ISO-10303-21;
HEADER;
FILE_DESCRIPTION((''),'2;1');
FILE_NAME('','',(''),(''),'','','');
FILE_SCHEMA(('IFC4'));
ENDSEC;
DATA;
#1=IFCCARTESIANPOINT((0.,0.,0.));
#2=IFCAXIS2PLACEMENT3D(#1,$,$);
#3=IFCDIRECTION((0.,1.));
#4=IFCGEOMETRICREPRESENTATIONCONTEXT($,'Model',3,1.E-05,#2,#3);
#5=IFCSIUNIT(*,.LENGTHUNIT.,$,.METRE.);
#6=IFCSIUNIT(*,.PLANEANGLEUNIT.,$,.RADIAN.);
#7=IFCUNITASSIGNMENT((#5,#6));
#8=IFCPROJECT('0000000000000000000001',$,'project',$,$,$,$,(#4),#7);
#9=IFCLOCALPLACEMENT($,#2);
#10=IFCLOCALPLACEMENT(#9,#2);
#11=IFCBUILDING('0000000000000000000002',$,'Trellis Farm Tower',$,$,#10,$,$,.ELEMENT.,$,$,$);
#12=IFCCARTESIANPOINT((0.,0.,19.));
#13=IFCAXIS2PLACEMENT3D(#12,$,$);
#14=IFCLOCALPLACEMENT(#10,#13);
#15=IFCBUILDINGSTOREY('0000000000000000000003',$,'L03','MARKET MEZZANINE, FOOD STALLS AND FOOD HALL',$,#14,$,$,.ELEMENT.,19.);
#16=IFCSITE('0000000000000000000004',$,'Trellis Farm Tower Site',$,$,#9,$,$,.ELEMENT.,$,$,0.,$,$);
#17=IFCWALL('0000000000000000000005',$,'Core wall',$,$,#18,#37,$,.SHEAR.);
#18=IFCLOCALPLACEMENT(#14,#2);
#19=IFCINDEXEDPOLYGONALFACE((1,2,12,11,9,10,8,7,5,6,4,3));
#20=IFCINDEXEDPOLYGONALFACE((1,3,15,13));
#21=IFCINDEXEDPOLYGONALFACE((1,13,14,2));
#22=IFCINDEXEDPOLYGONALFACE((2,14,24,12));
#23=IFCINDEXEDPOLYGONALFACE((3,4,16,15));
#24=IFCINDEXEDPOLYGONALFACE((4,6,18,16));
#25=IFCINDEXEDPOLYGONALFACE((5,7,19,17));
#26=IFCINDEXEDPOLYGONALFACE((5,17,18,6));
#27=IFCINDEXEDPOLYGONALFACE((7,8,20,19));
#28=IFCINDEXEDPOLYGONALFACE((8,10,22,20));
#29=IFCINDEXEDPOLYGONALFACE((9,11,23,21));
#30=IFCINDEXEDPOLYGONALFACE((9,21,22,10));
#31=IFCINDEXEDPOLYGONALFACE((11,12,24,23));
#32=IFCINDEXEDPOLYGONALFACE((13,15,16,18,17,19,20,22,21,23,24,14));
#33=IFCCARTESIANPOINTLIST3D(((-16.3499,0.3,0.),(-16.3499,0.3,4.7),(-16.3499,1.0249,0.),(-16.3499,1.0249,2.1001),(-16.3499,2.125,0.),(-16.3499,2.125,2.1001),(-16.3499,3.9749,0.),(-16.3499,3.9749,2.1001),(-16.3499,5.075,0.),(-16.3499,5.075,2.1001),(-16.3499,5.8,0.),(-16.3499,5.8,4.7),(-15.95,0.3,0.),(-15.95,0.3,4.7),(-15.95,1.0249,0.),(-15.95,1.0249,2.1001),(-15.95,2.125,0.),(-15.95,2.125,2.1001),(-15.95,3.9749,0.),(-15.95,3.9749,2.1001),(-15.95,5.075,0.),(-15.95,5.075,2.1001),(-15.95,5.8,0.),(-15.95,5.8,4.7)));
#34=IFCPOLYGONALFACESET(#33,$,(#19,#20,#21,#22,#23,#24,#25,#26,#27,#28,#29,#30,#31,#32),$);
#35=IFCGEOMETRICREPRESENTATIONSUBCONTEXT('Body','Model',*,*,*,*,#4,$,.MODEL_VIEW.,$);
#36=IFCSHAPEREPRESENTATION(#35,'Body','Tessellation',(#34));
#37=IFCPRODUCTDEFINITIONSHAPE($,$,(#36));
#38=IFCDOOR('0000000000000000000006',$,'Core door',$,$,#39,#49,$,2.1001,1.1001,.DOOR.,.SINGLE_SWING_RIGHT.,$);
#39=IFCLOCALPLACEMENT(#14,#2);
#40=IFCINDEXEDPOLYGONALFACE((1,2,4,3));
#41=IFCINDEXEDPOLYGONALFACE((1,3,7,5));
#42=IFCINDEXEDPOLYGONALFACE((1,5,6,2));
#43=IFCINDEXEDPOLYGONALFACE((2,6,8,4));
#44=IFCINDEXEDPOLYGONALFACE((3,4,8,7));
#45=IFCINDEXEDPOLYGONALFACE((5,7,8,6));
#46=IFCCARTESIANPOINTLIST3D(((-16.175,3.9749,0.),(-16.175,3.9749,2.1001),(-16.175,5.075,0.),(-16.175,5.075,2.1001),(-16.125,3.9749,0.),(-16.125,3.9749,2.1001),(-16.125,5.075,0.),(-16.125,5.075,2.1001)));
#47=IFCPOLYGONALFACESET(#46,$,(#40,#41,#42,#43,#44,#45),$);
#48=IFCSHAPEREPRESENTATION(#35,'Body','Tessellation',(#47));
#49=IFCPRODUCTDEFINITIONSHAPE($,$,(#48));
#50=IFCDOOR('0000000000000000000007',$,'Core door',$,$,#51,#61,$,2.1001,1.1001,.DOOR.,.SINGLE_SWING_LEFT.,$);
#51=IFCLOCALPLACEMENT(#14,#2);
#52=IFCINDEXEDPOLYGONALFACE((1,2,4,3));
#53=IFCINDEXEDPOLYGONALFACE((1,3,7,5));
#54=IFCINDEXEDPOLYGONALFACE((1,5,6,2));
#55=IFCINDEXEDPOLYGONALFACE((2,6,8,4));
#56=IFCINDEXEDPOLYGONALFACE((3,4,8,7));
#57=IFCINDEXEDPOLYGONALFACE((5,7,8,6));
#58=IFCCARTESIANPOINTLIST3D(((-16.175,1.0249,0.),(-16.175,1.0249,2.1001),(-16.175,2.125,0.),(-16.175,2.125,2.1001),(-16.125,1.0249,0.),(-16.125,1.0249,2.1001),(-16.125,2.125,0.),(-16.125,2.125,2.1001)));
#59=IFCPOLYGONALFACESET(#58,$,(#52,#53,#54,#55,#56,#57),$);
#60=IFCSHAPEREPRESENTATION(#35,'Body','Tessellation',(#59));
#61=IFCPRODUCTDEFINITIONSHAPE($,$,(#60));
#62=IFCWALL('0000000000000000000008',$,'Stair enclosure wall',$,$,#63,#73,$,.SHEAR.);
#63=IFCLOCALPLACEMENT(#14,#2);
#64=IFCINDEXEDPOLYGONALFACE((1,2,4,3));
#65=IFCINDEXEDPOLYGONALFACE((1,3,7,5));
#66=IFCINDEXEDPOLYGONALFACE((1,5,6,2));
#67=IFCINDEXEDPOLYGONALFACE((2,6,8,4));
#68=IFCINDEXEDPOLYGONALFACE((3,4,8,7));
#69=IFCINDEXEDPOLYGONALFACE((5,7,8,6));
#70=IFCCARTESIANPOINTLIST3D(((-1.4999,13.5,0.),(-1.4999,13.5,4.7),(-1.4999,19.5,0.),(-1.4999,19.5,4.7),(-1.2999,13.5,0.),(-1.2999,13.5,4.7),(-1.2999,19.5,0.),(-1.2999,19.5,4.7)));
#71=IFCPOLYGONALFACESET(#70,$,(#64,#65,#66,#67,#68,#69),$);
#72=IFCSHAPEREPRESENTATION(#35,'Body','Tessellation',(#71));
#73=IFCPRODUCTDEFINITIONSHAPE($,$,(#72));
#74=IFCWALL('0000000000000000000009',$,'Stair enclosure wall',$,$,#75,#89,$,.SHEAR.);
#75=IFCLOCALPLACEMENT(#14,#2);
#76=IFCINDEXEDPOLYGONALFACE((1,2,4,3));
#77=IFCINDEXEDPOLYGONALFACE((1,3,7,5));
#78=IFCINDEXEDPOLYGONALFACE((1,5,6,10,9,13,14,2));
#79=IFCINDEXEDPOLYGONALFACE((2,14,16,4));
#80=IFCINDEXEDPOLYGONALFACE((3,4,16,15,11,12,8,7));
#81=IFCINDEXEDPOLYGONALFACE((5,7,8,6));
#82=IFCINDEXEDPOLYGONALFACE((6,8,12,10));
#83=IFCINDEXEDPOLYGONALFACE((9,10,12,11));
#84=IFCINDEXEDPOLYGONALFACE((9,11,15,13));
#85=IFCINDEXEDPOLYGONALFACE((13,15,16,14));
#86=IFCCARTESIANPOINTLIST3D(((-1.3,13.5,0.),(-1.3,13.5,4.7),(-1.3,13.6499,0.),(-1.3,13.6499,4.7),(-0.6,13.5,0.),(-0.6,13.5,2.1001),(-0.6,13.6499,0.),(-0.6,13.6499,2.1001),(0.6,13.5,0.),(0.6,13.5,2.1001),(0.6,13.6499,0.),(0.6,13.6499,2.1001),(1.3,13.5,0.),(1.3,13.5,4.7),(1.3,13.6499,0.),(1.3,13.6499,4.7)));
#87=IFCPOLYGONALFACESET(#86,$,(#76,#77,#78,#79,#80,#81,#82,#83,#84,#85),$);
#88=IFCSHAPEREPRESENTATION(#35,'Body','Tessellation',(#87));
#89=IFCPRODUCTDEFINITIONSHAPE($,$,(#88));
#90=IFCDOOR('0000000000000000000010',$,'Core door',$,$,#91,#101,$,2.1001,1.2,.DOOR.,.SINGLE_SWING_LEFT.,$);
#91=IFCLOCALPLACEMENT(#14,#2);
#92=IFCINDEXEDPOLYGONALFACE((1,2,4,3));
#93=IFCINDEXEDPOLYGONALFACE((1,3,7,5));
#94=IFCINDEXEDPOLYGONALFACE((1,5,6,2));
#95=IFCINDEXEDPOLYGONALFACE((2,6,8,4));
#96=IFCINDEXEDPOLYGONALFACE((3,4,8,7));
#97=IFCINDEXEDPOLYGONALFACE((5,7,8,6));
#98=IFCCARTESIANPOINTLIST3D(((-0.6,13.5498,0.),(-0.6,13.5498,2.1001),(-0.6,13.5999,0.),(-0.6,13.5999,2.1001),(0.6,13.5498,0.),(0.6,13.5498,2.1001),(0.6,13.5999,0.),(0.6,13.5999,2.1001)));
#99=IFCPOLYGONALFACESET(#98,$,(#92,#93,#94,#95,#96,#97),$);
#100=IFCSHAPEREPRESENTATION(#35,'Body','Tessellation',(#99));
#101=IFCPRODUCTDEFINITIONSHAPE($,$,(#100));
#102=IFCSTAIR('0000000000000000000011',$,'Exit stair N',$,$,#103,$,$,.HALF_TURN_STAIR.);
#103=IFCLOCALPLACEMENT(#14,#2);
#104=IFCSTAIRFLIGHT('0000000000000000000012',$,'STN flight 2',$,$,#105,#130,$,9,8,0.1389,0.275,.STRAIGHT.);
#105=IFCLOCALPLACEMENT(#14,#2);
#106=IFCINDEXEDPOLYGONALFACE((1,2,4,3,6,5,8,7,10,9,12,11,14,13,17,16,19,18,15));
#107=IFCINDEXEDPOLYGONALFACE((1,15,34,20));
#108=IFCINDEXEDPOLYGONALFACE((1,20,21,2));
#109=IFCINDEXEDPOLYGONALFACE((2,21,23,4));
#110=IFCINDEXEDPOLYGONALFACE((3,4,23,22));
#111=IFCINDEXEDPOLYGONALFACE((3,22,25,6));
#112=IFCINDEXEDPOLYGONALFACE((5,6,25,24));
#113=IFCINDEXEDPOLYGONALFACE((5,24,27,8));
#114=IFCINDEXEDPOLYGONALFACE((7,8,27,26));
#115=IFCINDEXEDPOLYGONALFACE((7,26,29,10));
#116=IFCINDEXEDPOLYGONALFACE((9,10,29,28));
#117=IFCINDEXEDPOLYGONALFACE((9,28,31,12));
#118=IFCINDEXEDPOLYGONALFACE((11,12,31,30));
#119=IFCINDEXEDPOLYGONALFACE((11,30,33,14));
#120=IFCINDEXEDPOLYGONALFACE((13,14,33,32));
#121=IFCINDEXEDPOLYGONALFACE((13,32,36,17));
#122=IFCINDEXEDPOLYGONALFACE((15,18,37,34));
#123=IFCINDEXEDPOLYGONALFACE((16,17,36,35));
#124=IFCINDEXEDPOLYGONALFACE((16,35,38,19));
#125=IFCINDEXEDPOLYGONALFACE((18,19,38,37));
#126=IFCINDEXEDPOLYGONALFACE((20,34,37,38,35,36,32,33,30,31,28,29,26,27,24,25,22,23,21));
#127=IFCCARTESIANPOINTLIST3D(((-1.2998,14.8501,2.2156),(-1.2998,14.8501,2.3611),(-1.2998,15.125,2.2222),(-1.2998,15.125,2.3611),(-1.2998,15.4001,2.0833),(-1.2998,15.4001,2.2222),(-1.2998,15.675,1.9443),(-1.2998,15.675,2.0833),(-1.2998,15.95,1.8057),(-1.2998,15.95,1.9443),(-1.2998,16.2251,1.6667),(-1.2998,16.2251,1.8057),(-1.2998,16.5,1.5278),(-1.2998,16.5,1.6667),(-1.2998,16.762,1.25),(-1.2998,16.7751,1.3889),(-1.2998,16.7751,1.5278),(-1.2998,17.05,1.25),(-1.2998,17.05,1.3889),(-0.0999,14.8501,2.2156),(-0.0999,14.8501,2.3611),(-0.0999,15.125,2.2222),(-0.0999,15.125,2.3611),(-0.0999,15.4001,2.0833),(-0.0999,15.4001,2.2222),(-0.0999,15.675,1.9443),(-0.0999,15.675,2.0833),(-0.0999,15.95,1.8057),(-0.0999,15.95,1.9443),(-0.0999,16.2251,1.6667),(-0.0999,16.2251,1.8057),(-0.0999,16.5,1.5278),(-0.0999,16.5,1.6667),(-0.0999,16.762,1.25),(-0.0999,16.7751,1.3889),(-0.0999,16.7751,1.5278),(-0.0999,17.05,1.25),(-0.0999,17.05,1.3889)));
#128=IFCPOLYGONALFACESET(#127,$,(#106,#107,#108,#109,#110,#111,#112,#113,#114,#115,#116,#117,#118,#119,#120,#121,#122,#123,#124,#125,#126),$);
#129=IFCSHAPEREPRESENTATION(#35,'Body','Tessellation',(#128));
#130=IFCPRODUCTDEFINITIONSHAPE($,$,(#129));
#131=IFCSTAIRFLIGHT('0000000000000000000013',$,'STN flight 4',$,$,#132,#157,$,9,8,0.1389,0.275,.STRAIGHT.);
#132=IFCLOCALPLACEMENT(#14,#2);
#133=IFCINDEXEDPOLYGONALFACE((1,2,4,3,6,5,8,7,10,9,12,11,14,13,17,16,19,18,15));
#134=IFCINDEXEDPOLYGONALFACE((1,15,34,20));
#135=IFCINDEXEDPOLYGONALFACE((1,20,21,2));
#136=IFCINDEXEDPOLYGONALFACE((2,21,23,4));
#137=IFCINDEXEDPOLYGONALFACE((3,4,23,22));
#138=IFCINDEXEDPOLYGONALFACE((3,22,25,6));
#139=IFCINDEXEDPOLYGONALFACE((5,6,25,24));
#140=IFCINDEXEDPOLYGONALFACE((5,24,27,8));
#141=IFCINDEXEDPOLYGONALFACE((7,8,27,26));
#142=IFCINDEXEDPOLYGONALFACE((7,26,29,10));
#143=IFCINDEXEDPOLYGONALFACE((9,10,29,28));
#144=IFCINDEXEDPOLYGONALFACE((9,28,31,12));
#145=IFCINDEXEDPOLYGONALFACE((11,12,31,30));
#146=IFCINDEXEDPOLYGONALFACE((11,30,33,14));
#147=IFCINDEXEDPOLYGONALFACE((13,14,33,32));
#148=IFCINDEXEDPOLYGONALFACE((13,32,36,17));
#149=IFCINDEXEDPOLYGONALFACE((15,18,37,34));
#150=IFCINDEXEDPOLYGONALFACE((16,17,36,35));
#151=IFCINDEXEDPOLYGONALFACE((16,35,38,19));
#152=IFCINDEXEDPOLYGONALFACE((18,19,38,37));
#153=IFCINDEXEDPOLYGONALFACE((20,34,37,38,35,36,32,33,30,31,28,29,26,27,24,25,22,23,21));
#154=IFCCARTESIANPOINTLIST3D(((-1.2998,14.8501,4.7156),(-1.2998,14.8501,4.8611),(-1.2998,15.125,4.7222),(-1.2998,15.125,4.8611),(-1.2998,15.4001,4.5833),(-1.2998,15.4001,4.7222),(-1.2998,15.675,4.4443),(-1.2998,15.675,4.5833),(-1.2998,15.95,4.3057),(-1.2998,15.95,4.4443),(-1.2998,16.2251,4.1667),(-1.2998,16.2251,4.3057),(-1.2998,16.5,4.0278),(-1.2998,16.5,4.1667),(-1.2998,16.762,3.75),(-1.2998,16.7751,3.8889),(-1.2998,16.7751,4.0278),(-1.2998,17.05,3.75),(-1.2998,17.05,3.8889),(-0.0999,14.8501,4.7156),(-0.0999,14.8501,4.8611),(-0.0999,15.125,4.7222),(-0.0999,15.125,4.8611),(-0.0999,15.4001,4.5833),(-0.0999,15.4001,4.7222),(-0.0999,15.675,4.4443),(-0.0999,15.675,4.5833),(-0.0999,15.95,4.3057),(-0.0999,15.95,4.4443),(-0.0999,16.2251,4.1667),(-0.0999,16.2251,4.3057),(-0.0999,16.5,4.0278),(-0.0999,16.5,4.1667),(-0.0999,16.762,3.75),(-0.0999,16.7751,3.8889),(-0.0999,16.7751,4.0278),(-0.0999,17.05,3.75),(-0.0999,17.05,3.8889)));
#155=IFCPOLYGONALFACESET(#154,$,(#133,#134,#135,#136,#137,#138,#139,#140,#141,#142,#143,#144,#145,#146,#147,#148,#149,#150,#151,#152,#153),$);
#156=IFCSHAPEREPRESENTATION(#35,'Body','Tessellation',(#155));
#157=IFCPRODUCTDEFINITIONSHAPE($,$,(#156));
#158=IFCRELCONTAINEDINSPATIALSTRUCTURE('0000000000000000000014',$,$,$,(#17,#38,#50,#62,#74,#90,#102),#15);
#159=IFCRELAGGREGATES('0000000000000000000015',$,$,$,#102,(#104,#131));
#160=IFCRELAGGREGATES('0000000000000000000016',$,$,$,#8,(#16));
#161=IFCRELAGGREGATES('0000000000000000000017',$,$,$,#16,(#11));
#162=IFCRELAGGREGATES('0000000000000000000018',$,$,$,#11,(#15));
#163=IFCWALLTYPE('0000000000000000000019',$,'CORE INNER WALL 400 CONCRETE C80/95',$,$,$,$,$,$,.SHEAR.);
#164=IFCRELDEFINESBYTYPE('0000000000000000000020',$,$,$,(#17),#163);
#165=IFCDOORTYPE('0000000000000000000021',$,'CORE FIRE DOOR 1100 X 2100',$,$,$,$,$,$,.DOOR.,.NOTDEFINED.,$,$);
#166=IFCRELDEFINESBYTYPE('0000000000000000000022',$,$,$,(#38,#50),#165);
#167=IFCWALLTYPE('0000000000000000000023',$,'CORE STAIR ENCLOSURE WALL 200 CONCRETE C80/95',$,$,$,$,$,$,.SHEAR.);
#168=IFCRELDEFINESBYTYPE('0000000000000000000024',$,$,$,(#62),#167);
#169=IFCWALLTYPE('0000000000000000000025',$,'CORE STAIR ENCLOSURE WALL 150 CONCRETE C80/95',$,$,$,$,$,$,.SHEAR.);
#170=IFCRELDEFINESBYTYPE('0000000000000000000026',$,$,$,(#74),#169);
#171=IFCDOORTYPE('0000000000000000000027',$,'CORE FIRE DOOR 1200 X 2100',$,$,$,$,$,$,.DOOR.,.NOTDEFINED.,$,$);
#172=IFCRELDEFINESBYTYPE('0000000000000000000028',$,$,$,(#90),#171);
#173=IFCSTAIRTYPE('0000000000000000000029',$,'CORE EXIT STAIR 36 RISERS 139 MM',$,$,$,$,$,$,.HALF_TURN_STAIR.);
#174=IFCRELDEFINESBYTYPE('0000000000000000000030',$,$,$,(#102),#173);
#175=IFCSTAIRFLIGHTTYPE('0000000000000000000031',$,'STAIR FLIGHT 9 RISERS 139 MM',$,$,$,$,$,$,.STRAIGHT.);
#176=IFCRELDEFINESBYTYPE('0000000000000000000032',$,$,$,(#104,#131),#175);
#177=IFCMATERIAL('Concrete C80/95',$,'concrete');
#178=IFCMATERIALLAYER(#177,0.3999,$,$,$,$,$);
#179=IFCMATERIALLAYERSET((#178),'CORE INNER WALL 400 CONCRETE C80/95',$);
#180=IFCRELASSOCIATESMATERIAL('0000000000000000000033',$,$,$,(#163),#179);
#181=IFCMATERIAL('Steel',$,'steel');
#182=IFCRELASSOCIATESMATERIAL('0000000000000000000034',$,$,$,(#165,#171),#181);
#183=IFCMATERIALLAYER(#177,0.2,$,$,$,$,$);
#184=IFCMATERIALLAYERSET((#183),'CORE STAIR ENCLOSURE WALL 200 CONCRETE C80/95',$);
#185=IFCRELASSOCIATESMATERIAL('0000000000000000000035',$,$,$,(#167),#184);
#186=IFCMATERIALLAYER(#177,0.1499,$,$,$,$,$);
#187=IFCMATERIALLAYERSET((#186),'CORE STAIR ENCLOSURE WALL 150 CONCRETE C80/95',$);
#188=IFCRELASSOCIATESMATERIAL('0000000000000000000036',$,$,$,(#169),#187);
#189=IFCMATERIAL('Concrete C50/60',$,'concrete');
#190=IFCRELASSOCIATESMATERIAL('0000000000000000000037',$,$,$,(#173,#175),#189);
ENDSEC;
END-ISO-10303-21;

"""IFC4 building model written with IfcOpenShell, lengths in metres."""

from ifc_helpers import new_model, si_unit, direction, frame, frame_2d, origin, place, context, subcontext, project, spatial, polyline, rectangle, outline, extrude, source, transform, mapped, material, layer, layer_set, type_object, element, fill, aggregate, save


model = new_model("IFC4")

# Units and contexts
model_context = context("Model", 3, precision=1e-05, world=origin(), true_north=direction((0.0, 1.0)))
body_context = subcontext(model_context, "Body", "Model", "MODEL_VIEW")
ifc_project = project(units=[si_unit("LENGTHUNIT", "METRE"), si_unit("PLANEANGLEUNIT", "RADIAN")], contexts=[model_context])

# Site, building, storey
site_placement = place(None, origin())
site = spatial("IfcSite", under=ifc_project, at=site_placement, Name="Trellis Farm Tower Site", CompositionType="ELEMENT", RefElevation=0.0)
building_placement = place(site_placement, origin())
building = spatial("IfcBuilding", under=site, at=building_placement, Name="Trellis Farm Tower", CompositionType="ELEMENT")
storey_placement = place(building_placement, frame((0.0, 0.0, 19.0)))
storey = spatial("IfcBuildingStorey", under=building, at=storey_placement, Name="L03", Description="MARKET MEZZANINE, FOOD STALLS AND FOOD HALL", CompositionType="ELEMENT", Elevation=19.0)

# Shared definitions
ifc_material_1 = material(Name="Concrete C80/95", Category="concrete")

# Shared definitions
ifc_material_2 = material(Name="Steel", Category="steel")

# Shared definitions
ifc_layer_1 = layer(ifc_material_1, 0.3999)
ifc_layer_set_1 = layer_set([ifc_layer_1], Name="CORE INNER WALL 400 CONCRETE C80/95")
wall_type_1 = type_object("IfcWallType", Name="CORE INNER WALL 400 CONCRETE C80/95", PredefinedType="SHEAR", material=ifc_layer_set_1)

# Wall, openings, doors
shared_shape_1 = source(origin(), body_context, "Body", "SweptSolid", [
    extrude(rectangle(XDim=5.5, YDim=0.3999, at=frame_2d((2.75, 0.0))), origin(), (0.0, 0.0, 1.0), 4.7),
])
wall_1_placement = place(storey_placement, frame((-16.1499, 5.8, 0.0), z_axis=(0.0, 0.0, 1.0), x_axis=(0.0, -1.0, 0.0)))
wall_1 = element("IfcWall", 1, at=wall_1_placement, inside=storey, type_object=wall_type_1, Name="Core wall", PredefinedType="SHEAR", context=body_context, shape_type="MappedRepresentation", body=[
    mapped(shared_shape_1, transform((0.0, 0.0, 0.0))),
])
shared_shape_2 = source(origin(), body_context, "Body", "SweptSolid", [
    extrude(rectangle(XDim=1.1001, YDim=2.1001, at=frame_2d((0.55, 1.05))), frame((0.0, 0.21, 0.0), z_axis=(0.0, -1.0, 0.0), x_axis=(1.0, 0.0, 0.0)), (0.0, 0.0, 1.0), 0.4199),
])
opening_1_placement = place(wall_1_placement, frame((0.7251, 0.0, 0.0)))
opening_1 = element("IfcOpeningElement", 2, at=opening_1_placement, cuts=wall_1, PredefinedType="OPENING", context=body_context, shape_type="MappedRepresentation", body=[
    mapped(shared_shape_2, transform((0.0, 0.0, 0.0))),
])
opening_2_placement = place(wall_1_placement, frame((3.675, 0.0, 0.0)))
opening_2 = element("IfcOpeningElement", 3, at=opening_2_placement, cuts=wall_1, PredefinedType="OPENING", context=body_context, shape_type="MappedRepresentation", body=[
    mapped(shared_shape_2, transform((0.0, 0.0, 0.0))),
])
door_type_1 = type_object("IfcDoorType", Name="CORE FIRE DOOR 1100 X 2100", OperationType="NOTDEFINED", PredefinedType="DOOR", material=ifc_material_2)
shared_shape_3 = source(origin(), body_context, "Body", "SweptSolid", [
    extrude(rectangle(XDim=1.1001, YDim=2.1001, at=frame_2d((0.55, 1.05))), frame((0.0, 0.0249, 0.0), z_axis=(0.0, -1.0, 0.0), x_axis=(1.0, 0.0, 0.0)), (0.0, 0.0, 1.0), 0.05),
])
door_1_placement = place(opening_1_placement, origin())
door_1 = element("IfcDoor", 4, at=door_1_placement, inside=storey, type_object=door_type_1, Name="Core door", OperationType="SINGLE_SWING_RIGHT", OverallHeight=2.1001, OverallWidth=1.1001, PredefinedType="DOOR", context=body_context, shape_type="MappedRepresentation", body=[
    mapped(shared_shape_3, transform((0.0, 0.0, 0.0))),
])
fill(opening_1, door_1)
door_2_placement = place(opening_2_placement, origin())
door_2 = element("IfcDoor", 5, at=door_2_placement, inside=storey, type_object=door_type_1, Name="Core door", OperationType="SINGLE_SWING_LEFT", OverallHeight=2.1001, OverallWidth=1.1001, PredefinedType="DOOR", context=body_context, shape_type="MappedRepresentation", body=[
    mapped(shared_shape_3, transform((0.0, 0.0, 0.0))),
])
fill(opening_2, door_2)

# Wall
ifc_layer_2 = layer(ifc_material_1, 0.2)
ifc_layer_set_2 = layer_set([ifc_layer_2], Name="CORE STAIR ENCLOSURE WALL 200 CONCRETE C80/95")
wall_type_2 = type_object("IfcWallType", Name="CORE STAIR ENCLOSURE WALL 200 CONCRETE C80/95", PredefinedType="SHEAR", material=ifc_layer_set_2)
shared_shape_4 = source(origin(), body_context, "Body", "SweptSolid", [
    extrude(rectangle(XDim=6.0, YDim=0.2, at=frame_2d((3.0, 0.0))), origin(), (0.0, 0.0, 1.0), 4.7),
])
wall_2_placement = place(storey_placement, frame((-1.3999, 13.5, 0.0), z_axis=(0.0, 0.0, 1.0), x_axis=(0.0, 1.0, 0.0)))
element("IfcWall", 6, at=wall_2_placement, inside=storey, type_object=wall_type_2, Name="Stair enclosure wall", PredefinedType="SHEAR", context=body_context, shape_type="MappedRepresentation", body=[
    mapped(shared_shape_4, transform((0.0, 0.0, 0.0))),
])

# Wall, opening, door
ifc_layer_3 = layer(ifc_material_1, 0.1499)
ifc_layer_set_3 = layer_set([ifc_layer_3], Name="CORE STAIR ENCLOSURE WALL 150 CONCRETE C80/95")
wall_type_3 = type_object("IfcWallType", Name="CORE STAIR ENCLOSURE WALL 150 CONCRETE C80/95", PredefinedType="SHEAR", material=ifc_layer_set_3)
shared_shape_5 = source(origin(), body_context, "Body", "SweptSolid", [
    extrude(rectangle(XDim=2.6001, YDim=0.1499, at=frame_2d((1.3, 0.0))), origin(), (0.0, 0.0, 1.0), 4.7),
])
wall_3_placement = place(storey_placement, frame((-1.3, 13.575, 0.0), z_axis=(0.0, 0.0, 1.0), x_axis=(1.0, 0.0, 0.0)))
wall_3 = element("IfcWall", 7, at=wall_3_placement, inside=storey, type_object=wall_type_3, Name="Stair enclosure wall", PredefinedType="SHEAR", context=body_context, shape_type="MappedRepresentation", body=[
    mapped(shared_shape_5, transform((0.0, 0.0, 0.0))),
])
shared_shape_6 = source(origin(), body_context, "Body", "SweptSolid", [
    extrude(rectangle(XDim=1.2, YDim=2.1001, at=frame_2d((0.6001, 1.05))), frame((0.0, 0.085, 0.0), z_axis=(0.0, -1.0, 0.0), x_axis=(1.0, 0.0, 0.0)), (0.0, 0.0, 1.0), 0.1699),
])
opening_3_placement = place(wall_3_placement, frame((0.7, 0.0, 0.0)))
opening_3 = element("IfcOpeningElement", 8, at=opening_3_placement, cuts=wall_3, PredefinedType="OPENING", context=body_context, shape_type="MappedRepresentation", body=[
    mapped(shared_shape_6, transform((0.0, 0.0, 0.0))),
])
door_type_2 = type_object("IfcDoorType", Name="CORE FIRE DOOR 1200 X 2100", OperationType="NOTDEFINED", PredefinedType="DOOR", material=ifc_material_2)
shared_shape_7 = source(origin(), body_context, "Body", "SweptSolid", [
    extrude(rectangle(XDim=1.2, YDim=2.1001, at=frame_2d((0.6001, 1.05))), frame((0.0, 0.0249, 0.0), z_axis=(0.0, -1.0, 0.0), x_axis=(1.0, 0.0, 0.0)), (0.0, 0.0, 1.0), 0.05),
])
door_3_placement = place(opening_3_placement, origin())
door_3 = element("IfcDoor", 9, at=door_3_placement, inside=storey, type_object=door_type_2, Name="Core door", OperationType="SINGLE_SWING_LEFT", OverallHeight=2.1001, OverallWidth=1.2, PredefinedType="DOOR", context=body_context, shape_type="MappedRepresentation", body=[
    mapped(shared_shape_7, transform((0.0, 0.0, 0.0))),
])
fill(opening_3, door_3)

# Stair, stair flights
ifc_material_3 = material(Name="Concrete C50/60", Category="concrete")
stair_type = type_object("IfcStairType", Name="CORE EXIT STAIR 36 RISERS 139 MM", PredefinedType="HALF_TURN_STAIR", material=ifc_material_3)
placement = place(storey_placement, origin())
stair_1 = element("IfcStair", 10, at=placement, inside=storey, type_object=stair_type, Name="Exit stair N", PredefinedType="HALF_TURN_STAIR")
stair_flight_type = type_object("IfcStairFlightType", Name="STAIR FLIGHT 9 RISERS 139 MM", PredefinedType="STRAIGHT", material=ifc_material_3)
shared_shape_8 = source(origin(), body_context, "Body", "SweptSolid", [
    extrude(outline(polyline([(0.0, 0.0), (0.0, 0.1389), (0.2749, 0.1389), (0.2749, 0.2778), (0.55, 0.2778), (0.55, 0.4167), (0.825, 0.4167), (0.825, 0.5557), (1.1001, 0.5557), (1.1001, 0.6943), (1.375, 0.6943), (1.375, 0.8333), (1.6499, 0.8333), (1.6499, 0.9722), (1.925, 0.9722), (1.925, 1.1111), (2.2, 1.1111), (2.2, 1.25), (2.2, 0.9656), (0.2881, 0.0), (0.0, 0.0)])), frame((0.0, 0.6001, 0.0), z_axis=(0.0, -1.0, 0.0), x_axis=(1.0, 0.0, 0.0)), (0.0, 0.0, 1.0), 1.2),
])
stair_flight_1_placement = place(storey_placement, frame((-0.7, 17.05, 1.25), z_axis=(0.0, 0.0, 1.0), x_axis=(0.0, -1.0, 0.0)))
stair_flight_1 = element("IfcStairFlight", 11, at=stair_flight_1_placement, type_object=stair_flight_type, Name="STN flight 2", NumberOfRisers=9, NumberOfTreads=8, PredefinedType="STRAIGHT", RiserHeight=0.1389, TreadLength=0.275, context=body_context, shape_type="MappedRepresentation", body=[
    mapped(shared_shape_8, transform((0.0, 0.0, 0.0))),
])
stair_flight_2_placement = place(storey_placement, frame((-0.7, 17.05, 3.75), z_axis=(0.0, 0.0, 1.0), x_axis=(0.0, -1.0, 0.0)))
stair_flight_2 = element("IfcStairFlight", 12, at=stair_flight_2_placement, type_object=stair_flight_type, Name="STN flight 4", NumberOfRisers=9, NumberOfTreads=8, PredefinedType="STRAIGHT", RiserHeight=0.1389, TreadLength=0.275, context=body_context, shape_type="MappedRepresentation", body=[
    mapped(shared_shape_8, transform((0.0, 0.0, 0.0))),
])
aggregate(stair_1, [stair_flight_1, stair_flight_2])

save(model, "model.ifc")
